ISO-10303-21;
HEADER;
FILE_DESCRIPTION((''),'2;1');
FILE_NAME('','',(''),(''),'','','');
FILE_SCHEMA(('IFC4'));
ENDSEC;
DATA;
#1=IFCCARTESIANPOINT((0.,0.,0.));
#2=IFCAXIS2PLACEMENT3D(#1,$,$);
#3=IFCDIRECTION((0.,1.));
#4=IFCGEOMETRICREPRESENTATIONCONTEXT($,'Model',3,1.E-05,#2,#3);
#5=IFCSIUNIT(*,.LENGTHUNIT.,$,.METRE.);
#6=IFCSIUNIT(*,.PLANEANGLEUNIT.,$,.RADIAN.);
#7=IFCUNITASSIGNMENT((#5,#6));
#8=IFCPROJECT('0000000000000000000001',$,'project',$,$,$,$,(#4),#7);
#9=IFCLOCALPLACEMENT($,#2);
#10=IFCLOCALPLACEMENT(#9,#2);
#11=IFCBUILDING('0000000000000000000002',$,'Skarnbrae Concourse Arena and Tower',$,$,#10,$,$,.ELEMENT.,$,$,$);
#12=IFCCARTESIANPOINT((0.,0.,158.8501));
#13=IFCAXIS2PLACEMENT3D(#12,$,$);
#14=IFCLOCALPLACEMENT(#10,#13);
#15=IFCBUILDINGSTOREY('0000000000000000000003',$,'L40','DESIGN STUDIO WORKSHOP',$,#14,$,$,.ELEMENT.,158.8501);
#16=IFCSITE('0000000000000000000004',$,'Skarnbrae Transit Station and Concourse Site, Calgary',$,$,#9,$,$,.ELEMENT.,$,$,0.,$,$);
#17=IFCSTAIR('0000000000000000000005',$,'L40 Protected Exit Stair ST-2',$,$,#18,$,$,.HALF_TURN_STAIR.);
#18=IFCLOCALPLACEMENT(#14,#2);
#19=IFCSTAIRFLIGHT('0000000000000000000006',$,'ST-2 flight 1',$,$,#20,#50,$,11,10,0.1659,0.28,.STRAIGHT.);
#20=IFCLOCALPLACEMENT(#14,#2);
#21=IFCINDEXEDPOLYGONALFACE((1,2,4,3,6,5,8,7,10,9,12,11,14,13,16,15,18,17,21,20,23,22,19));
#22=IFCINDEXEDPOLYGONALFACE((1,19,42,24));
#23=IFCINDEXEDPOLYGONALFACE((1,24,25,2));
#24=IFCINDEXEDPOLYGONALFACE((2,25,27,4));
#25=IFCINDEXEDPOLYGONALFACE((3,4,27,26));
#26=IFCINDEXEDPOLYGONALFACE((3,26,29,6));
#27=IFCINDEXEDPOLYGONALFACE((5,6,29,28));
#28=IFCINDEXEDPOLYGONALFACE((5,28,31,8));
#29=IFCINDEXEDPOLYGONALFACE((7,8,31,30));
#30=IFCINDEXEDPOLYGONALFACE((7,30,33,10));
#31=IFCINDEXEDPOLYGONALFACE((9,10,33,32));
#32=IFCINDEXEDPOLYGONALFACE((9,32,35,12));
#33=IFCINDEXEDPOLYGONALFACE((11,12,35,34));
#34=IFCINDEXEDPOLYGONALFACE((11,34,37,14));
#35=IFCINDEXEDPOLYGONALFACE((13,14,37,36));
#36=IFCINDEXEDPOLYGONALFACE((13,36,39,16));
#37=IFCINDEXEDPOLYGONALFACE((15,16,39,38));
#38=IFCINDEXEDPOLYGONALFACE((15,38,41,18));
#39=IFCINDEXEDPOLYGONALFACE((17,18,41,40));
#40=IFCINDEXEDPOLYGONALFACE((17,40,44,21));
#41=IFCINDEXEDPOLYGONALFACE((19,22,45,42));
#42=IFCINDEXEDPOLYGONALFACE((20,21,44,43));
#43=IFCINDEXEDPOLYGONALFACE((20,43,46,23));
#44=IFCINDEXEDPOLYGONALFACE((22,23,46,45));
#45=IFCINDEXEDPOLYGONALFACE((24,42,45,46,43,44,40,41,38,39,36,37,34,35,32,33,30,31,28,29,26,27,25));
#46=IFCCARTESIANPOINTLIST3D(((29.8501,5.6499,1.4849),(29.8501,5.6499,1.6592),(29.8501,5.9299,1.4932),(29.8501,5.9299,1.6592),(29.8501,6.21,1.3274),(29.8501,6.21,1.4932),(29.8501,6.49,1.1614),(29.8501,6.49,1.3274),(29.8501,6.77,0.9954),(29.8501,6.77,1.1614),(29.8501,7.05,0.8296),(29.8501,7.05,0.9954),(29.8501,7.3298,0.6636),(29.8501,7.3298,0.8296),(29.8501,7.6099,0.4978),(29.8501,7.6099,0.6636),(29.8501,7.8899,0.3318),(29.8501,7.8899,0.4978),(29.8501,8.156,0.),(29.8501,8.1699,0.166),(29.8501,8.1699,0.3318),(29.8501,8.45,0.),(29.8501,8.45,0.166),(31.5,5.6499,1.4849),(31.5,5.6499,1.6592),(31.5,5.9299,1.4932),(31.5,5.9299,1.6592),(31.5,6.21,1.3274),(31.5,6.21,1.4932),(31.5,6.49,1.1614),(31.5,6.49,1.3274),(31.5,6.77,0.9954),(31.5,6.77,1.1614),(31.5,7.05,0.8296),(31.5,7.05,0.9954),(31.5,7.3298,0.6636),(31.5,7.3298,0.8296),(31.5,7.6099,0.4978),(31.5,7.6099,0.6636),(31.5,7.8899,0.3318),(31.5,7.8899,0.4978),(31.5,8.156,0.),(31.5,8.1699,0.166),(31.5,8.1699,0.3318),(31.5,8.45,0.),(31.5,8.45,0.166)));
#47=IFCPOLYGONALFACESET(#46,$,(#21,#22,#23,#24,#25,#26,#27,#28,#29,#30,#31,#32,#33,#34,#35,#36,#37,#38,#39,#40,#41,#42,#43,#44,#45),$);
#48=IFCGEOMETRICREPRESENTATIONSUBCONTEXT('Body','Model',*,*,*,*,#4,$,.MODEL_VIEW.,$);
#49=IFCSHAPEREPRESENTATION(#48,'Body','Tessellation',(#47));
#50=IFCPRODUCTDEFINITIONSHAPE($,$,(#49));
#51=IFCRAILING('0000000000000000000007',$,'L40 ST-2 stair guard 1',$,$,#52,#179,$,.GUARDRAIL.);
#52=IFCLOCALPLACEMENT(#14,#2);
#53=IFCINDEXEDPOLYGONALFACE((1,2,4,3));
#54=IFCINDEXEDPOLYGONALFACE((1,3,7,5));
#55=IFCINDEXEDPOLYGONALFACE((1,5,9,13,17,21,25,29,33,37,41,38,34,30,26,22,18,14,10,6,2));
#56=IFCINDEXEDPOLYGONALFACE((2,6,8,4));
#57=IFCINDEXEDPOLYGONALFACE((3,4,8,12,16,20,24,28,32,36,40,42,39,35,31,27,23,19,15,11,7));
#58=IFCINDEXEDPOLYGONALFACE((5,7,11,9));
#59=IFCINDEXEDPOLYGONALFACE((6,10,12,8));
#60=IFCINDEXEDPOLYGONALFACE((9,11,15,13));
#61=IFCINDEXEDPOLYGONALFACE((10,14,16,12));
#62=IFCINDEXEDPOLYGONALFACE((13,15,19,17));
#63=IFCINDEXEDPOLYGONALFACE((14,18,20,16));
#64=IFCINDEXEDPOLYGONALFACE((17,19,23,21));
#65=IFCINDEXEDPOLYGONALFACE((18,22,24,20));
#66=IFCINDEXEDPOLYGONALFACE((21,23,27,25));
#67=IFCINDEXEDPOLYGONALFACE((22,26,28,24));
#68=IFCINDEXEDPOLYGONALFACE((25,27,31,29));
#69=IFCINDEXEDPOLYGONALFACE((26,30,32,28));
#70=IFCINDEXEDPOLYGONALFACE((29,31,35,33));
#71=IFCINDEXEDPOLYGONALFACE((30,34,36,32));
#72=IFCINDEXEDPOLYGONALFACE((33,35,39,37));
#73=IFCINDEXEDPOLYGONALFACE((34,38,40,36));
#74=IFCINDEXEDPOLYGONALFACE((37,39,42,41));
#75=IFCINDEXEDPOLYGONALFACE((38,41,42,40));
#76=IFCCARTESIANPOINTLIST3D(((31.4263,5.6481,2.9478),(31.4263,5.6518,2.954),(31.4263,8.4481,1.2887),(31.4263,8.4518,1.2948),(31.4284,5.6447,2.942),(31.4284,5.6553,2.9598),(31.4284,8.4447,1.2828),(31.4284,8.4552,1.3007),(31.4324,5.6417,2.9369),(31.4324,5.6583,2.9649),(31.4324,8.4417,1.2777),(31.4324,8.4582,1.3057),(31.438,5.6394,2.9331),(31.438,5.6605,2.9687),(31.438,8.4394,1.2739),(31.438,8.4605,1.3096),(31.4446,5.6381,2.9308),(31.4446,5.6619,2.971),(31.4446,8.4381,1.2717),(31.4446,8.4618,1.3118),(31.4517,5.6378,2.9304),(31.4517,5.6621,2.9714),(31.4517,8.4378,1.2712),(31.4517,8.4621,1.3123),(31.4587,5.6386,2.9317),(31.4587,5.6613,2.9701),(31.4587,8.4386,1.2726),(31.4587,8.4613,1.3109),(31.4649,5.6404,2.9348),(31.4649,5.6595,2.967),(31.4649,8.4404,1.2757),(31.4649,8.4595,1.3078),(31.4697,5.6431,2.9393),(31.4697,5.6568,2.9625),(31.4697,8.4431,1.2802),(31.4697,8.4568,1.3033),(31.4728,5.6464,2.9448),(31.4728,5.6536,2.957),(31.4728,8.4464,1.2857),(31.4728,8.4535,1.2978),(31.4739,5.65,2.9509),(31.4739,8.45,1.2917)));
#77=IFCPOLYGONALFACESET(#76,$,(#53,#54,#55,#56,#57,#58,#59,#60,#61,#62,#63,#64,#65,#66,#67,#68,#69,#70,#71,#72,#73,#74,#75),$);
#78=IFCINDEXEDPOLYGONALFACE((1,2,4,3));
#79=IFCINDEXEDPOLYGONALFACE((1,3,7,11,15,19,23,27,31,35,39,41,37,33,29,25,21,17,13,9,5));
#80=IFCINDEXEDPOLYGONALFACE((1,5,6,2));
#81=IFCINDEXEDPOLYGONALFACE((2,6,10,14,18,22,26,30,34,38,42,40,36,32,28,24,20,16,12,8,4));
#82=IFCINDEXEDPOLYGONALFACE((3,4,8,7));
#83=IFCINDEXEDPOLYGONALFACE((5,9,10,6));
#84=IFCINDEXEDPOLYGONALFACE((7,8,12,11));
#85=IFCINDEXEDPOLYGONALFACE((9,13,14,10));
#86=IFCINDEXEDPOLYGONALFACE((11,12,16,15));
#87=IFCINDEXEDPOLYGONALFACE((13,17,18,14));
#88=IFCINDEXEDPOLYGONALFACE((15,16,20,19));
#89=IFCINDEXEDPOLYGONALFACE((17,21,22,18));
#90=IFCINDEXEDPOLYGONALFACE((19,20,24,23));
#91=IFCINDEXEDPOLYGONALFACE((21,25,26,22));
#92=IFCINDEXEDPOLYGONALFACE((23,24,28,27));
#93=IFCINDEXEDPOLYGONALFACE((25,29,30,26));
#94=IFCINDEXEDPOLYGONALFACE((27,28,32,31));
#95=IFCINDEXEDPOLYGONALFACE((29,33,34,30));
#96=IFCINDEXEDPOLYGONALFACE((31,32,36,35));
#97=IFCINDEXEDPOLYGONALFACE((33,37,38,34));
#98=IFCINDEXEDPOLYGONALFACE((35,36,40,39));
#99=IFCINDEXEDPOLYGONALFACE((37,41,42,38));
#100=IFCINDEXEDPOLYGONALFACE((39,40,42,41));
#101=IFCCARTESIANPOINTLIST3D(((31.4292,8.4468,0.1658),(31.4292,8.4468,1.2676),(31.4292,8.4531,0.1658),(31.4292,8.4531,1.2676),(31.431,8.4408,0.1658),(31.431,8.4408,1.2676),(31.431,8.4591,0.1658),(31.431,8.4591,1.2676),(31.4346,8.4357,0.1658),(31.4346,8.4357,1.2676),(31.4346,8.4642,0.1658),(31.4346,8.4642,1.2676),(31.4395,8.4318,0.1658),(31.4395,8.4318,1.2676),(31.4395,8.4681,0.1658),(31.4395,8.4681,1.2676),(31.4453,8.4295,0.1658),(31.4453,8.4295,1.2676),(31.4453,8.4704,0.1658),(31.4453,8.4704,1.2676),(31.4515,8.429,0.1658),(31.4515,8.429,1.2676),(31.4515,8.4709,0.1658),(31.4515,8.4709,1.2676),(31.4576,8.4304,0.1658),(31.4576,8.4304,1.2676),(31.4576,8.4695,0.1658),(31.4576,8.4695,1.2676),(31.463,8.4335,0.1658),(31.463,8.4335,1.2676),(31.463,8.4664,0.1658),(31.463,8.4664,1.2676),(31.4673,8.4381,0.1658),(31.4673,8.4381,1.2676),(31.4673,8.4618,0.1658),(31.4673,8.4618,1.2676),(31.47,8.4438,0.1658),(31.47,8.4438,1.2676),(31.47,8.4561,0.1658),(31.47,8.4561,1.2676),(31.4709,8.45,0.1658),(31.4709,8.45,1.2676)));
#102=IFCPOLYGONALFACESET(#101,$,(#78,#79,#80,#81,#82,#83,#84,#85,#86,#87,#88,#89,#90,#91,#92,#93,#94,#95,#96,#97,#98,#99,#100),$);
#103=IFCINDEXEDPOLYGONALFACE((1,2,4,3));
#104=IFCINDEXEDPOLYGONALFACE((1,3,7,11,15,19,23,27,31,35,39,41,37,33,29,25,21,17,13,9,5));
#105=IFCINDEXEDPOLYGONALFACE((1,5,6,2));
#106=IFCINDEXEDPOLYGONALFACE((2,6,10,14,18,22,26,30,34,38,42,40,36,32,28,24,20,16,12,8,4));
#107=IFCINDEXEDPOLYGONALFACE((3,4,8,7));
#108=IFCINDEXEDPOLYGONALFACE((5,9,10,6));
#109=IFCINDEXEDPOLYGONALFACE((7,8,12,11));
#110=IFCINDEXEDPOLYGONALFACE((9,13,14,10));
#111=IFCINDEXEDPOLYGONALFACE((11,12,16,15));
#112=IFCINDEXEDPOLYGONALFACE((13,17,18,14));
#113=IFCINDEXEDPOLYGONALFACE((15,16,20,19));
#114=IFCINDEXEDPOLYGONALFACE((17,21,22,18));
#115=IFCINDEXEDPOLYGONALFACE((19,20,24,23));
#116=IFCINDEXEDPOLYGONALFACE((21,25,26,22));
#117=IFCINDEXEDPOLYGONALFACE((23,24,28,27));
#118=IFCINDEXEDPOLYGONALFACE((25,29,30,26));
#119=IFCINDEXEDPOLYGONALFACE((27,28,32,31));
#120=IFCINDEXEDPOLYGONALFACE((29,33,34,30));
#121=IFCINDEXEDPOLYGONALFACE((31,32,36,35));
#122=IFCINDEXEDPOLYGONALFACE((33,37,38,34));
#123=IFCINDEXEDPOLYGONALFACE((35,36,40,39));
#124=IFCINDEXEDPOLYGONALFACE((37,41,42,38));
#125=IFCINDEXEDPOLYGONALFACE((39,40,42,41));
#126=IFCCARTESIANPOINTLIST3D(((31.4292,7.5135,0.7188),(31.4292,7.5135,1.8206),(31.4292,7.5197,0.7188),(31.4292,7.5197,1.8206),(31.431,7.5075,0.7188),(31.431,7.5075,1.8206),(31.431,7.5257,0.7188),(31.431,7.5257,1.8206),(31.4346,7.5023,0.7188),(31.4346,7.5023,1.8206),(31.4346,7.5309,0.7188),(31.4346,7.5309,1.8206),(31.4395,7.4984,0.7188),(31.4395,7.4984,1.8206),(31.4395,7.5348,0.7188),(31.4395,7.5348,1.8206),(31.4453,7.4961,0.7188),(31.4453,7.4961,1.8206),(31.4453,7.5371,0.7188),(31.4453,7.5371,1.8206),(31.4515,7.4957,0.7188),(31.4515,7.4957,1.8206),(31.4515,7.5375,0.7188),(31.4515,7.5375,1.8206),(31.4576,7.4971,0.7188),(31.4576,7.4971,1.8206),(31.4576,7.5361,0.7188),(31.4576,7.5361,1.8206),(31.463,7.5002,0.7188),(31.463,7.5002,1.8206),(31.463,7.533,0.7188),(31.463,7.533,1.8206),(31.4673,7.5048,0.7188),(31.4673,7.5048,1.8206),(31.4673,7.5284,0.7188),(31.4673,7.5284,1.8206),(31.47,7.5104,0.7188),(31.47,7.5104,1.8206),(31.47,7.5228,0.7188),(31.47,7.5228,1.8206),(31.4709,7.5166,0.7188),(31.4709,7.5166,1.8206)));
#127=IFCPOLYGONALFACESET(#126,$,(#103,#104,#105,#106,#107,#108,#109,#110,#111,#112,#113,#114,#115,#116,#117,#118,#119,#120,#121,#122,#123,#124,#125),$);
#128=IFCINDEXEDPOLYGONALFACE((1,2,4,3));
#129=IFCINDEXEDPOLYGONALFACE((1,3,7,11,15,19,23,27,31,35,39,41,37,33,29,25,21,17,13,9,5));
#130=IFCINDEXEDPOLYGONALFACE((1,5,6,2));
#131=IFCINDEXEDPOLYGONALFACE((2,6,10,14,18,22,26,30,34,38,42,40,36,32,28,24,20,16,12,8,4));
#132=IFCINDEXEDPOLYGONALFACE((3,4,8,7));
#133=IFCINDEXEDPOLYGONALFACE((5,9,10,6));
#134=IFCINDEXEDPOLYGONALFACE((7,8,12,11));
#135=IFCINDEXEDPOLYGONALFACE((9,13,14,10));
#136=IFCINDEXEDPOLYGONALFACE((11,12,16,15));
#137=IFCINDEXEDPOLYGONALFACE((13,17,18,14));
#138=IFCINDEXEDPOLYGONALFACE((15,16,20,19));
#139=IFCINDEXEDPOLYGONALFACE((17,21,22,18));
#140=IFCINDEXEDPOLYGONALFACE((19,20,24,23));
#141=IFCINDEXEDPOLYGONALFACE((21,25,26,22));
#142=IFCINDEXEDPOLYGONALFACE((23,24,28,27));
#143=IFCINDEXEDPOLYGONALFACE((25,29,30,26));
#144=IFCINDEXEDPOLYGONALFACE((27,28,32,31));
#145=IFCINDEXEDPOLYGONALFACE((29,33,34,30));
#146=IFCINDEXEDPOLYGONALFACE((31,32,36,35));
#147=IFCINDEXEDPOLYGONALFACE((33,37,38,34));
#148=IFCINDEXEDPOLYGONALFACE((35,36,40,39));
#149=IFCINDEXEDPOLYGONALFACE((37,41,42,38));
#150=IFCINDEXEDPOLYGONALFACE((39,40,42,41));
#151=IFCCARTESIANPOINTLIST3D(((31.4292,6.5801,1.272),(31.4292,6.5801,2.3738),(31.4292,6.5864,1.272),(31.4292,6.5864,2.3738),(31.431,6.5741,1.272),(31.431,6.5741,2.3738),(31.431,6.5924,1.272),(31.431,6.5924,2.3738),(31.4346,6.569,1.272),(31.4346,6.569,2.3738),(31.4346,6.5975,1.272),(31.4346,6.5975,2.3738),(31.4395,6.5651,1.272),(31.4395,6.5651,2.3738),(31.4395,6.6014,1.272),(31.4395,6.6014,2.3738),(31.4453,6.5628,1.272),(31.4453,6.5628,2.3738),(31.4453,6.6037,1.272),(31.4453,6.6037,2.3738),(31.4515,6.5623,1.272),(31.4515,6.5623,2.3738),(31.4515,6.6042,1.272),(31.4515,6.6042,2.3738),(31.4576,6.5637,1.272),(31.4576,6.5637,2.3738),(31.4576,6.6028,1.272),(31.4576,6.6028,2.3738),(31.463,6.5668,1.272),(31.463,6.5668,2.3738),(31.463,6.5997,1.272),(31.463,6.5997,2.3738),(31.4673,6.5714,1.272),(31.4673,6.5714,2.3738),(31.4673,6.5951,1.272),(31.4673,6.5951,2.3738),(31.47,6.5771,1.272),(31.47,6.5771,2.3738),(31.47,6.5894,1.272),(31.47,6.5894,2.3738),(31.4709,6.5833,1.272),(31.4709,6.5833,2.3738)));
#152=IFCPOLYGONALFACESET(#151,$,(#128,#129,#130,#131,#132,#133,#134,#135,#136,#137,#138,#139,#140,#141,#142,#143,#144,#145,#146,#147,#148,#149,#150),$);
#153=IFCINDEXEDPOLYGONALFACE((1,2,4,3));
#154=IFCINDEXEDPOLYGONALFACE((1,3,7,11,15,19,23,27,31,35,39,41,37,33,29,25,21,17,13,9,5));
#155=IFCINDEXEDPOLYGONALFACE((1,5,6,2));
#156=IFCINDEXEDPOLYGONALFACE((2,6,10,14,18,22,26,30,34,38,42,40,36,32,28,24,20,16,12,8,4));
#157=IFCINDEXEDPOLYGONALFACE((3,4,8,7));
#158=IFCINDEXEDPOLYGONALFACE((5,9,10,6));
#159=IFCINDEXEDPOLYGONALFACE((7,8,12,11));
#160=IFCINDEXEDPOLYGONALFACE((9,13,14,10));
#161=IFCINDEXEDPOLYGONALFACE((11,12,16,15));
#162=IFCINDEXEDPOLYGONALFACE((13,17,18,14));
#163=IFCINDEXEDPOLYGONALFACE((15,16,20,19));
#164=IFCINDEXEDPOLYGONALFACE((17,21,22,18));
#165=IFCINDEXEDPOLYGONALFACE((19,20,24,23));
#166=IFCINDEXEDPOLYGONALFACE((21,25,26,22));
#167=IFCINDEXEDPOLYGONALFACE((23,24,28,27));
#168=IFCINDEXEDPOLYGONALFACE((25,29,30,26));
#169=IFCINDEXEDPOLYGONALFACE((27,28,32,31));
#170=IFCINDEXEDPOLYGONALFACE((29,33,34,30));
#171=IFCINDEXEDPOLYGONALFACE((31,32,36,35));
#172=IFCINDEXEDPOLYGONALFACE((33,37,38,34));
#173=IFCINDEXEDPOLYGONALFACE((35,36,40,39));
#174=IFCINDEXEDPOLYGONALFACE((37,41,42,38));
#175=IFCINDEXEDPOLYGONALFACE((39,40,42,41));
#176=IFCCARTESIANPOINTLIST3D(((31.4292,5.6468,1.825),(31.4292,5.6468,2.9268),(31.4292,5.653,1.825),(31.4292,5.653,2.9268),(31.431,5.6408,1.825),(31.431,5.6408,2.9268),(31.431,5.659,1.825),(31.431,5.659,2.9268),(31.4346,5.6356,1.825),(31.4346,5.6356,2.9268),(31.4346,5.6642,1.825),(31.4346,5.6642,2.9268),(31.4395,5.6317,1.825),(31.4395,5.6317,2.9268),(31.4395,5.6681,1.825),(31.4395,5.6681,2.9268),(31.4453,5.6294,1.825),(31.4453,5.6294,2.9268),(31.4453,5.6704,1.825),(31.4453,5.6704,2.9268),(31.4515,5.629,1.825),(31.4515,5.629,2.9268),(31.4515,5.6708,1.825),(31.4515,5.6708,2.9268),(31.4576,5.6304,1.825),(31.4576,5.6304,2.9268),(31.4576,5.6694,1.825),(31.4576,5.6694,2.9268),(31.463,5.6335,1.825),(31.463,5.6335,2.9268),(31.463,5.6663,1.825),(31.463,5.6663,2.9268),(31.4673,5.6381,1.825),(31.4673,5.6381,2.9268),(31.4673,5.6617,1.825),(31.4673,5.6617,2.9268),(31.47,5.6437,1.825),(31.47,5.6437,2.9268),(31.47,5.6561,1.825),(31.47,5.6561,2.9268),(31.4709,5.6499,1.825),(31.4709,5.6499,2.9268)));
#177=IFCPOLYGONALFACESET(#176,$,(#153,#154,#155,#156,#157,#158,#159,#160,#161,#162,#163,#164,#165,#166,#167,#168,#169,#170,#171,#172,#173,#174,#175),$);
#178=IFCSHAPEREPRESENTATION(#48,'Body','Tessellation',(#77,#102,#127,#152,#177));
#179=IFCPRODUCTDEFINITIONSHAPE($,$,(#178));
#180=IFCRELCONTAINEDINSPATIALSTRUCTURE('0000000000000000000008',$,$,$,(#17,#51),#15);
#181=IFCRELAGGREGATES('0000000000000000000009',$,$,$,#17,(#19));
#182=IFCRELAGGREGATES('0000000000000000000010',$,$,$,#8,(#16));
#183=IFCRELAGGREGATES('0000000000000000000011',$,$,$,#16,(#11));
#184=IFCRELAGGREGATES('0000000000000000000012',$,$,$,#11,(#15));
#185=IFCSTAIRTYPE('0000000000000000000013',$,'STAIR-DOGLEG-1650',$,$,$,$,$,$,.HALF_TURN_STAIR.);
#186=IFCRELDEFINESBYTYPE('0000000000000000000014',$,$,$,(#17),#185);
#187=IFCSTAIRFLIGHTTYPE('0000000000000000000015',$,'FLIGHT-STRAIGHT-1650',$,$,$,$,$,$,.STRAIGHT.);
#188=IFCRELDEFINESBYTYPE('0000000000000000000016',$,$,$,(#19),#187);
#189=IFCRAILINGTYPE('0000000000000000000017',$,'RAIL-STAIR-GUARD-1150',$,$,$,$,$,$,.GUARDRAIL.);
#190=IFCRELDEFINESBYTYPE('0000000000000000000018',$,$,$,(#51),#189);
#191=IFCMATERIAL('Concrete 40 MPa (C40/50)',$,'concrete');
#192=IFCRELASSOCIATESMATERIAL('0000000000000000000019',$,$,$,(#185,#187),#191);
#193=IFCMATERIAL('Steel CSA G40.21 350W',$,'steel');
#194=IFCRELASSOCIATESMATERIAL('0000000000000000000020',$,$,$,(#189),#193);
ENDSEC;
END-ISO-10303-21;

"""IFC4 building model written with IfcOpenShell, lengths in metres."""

from ifc_helpers import new_model, si_unit, direction, frame, origin, origin_2d, place, context, subcontext, project, spatial, polyline, circle, outline, extrude, source, transform, mapped, material, type_object, element, aggregate, save


model = new_model("IFC4")

# Units and contexts
model_context = context("Model", 3, precision=1e-05, world=origin(), true_north=direction((0.0, 1.0)))
body_context = subcontext(model_context, "Body", "Model", "MODEL_VIEW")
ifc_project = project(units=[si_unit("LENGTHUNIT", "METRE"), si_unit("PLANEANGLEUNIT", "RADIAN")], contexts=[model_context])

# Site, building, storey
site_placement = place(None, origin())
site = spatial("IfcSite", under=ifc_project, at=site_placement, Name="Skarnbrae Transit Station and Concourse Site, Calgary", CompositionType="ELEMENT", RefElevation=0.0)
building_placement = place(site_placement, origin())
building = spatial("IfcBuilding", under=site, at=building_placement, Name="Skarnbrae Concourse Arena and Tower", CompositionType="ELEMENT")
storey_placement = place(building_placement, frame((0.0, 0.0, 158.8501)))
storey = spatial("IfcBuildingStorey", under=building, at=storey_placement, Name="L40", Description="DESIGN STUDIO WORKSHOP", CompositionType="ELEMENT", Elevation=158.8501)

# Shared definitions
ifc_material_1 = material(Name="Steel CSA G40.21 350W", Category="steel")

# Stair, stair flight
ifc_material_2 = material(Name="Concrete 40 MPa (C40/50)", Category="concrete")
stair_type = type_object("IfcStairType", Name="STAIR-DOGLEG-1650", PredefinedType="HALF_TURN_STAIR", material=ifc_material_2)
stair_placement = place(storey_placement, origin())
stair = element("IfcStair", 1, at=stair_placement, inside=storey, type_object=stair_type, Name="L40 Protected Exit Stair ST-2", PredefinedType="HALF_TURN_STAIR")
stair_flight_type = type_object("IfcStairFlightType", Name="FLIGHT-STRAIGHT-1650", PredefinedType="STRAIGHT", material=ifc_material_2)
shared_shape_1 = source(origin(), body_context, "Body", "SweptSolid", [
    extrude(outline(polyline([(0.0, 0.0), (0.0, 0.166), (0.28, 0.166), (0.28, 0.3318), (0.5601, 0.3318), (0.5601, 0.4978), (0.8401, 0.4978), (0.8401, 0.6636), (1.1201, 0.6636), (1.1201, 0.8296), (1.3999, 0.8296), (1.3999, 0.9954), (1.6799, 0.9954), (1.6799, 1.1614), (1.96, 1.1614), (1.96, 1.3274), (2.24, 1.3274), (2.24, 1.4932), (2.52, 1.4932), (2.52, 1.6592), (2.8, 1.6592), (2.8, 1.825), (2.8, 1.4849), (0.2939, 0.0), (0.0, 0.0)])), frame((0.0, 0.825, 0.0), z_axis=(0.0, -1.0, 0.0), x_axis=(1.0, 0.0, 0.0)), (0.0, 0.0, 1.0), 1.6499),
])
stair_flight_placement = place(storey_placement, frame((30.675, 8.45, 0.0), z_axis=(0.0, 0.0, 1.0), x_axis=(0.0, -1.0, 0.0)))
stair_flight = element("IfcStairFlight", 2, at=stair_flight_placement, type_object=stair_flight_type, Name="ST-2 flight 1", NumberOfRisers=11, NumberOfTreads=10, PredefinedType="STRAIGHT", RiserHeight=0.1659, TreadLength=0.28, context=body_context, shape_type="MappedRepresentation", body=[
    mapped(shared_shape_1, transform((0.0, 0.0, 0.0))),
])
aggregate(stair, [stair_flight])

# Railing
railing_type = type_object("IfcRailingType", Name="RAIL-STAIR-GUARD-1150", PredefinedType="GUARDRAIL", material=ifc_material_1)
railing_1_placement = place(storey_placement, frame((31.45, 8.45, 0.1658)))
element("IfcRailing", 3, at=railing_1_placement, inside=storey, type_object=railing_type, Name="L40 ST-2 stair guard 1", PredefinedType="GUARDRAIL", context=body_context, shape_type="SweptSolid", body=[
    extrude(circle(Radius=0.0239, at=origin_2d()), frame((0.0, 0.0, 1.126), z_axis=(0.0, -0.860306, 0.509778), x_axis=(1.0, 0.0, 0.0)), (0.0, 0.0, 1.0), 3.2546),
    extrude(circle(Radius=0.021, at=origin_2d()), origin(), (0.0, 0.0, 1.0), 1.1018),
    extrude(circle(Radius=0.021, at=origin_2d()), frame((0.0, -0.9333, 0.553)), (0.0, 0.0, 1.0), 1.1018),
    extrude(circle(Radius=0.021, at=origin_2d()), frame((0.0, -1.8667, 1.1062)), (0.0, 0.0, 1.0), 1.1018),
    extrude(circle(Radius=0.021, at=origin_2d()), frame((0.0, -2.8, 1.6592)), (0.0, 0.0, 1.0), 1.1018),
])

save(model, "model.ifc")
